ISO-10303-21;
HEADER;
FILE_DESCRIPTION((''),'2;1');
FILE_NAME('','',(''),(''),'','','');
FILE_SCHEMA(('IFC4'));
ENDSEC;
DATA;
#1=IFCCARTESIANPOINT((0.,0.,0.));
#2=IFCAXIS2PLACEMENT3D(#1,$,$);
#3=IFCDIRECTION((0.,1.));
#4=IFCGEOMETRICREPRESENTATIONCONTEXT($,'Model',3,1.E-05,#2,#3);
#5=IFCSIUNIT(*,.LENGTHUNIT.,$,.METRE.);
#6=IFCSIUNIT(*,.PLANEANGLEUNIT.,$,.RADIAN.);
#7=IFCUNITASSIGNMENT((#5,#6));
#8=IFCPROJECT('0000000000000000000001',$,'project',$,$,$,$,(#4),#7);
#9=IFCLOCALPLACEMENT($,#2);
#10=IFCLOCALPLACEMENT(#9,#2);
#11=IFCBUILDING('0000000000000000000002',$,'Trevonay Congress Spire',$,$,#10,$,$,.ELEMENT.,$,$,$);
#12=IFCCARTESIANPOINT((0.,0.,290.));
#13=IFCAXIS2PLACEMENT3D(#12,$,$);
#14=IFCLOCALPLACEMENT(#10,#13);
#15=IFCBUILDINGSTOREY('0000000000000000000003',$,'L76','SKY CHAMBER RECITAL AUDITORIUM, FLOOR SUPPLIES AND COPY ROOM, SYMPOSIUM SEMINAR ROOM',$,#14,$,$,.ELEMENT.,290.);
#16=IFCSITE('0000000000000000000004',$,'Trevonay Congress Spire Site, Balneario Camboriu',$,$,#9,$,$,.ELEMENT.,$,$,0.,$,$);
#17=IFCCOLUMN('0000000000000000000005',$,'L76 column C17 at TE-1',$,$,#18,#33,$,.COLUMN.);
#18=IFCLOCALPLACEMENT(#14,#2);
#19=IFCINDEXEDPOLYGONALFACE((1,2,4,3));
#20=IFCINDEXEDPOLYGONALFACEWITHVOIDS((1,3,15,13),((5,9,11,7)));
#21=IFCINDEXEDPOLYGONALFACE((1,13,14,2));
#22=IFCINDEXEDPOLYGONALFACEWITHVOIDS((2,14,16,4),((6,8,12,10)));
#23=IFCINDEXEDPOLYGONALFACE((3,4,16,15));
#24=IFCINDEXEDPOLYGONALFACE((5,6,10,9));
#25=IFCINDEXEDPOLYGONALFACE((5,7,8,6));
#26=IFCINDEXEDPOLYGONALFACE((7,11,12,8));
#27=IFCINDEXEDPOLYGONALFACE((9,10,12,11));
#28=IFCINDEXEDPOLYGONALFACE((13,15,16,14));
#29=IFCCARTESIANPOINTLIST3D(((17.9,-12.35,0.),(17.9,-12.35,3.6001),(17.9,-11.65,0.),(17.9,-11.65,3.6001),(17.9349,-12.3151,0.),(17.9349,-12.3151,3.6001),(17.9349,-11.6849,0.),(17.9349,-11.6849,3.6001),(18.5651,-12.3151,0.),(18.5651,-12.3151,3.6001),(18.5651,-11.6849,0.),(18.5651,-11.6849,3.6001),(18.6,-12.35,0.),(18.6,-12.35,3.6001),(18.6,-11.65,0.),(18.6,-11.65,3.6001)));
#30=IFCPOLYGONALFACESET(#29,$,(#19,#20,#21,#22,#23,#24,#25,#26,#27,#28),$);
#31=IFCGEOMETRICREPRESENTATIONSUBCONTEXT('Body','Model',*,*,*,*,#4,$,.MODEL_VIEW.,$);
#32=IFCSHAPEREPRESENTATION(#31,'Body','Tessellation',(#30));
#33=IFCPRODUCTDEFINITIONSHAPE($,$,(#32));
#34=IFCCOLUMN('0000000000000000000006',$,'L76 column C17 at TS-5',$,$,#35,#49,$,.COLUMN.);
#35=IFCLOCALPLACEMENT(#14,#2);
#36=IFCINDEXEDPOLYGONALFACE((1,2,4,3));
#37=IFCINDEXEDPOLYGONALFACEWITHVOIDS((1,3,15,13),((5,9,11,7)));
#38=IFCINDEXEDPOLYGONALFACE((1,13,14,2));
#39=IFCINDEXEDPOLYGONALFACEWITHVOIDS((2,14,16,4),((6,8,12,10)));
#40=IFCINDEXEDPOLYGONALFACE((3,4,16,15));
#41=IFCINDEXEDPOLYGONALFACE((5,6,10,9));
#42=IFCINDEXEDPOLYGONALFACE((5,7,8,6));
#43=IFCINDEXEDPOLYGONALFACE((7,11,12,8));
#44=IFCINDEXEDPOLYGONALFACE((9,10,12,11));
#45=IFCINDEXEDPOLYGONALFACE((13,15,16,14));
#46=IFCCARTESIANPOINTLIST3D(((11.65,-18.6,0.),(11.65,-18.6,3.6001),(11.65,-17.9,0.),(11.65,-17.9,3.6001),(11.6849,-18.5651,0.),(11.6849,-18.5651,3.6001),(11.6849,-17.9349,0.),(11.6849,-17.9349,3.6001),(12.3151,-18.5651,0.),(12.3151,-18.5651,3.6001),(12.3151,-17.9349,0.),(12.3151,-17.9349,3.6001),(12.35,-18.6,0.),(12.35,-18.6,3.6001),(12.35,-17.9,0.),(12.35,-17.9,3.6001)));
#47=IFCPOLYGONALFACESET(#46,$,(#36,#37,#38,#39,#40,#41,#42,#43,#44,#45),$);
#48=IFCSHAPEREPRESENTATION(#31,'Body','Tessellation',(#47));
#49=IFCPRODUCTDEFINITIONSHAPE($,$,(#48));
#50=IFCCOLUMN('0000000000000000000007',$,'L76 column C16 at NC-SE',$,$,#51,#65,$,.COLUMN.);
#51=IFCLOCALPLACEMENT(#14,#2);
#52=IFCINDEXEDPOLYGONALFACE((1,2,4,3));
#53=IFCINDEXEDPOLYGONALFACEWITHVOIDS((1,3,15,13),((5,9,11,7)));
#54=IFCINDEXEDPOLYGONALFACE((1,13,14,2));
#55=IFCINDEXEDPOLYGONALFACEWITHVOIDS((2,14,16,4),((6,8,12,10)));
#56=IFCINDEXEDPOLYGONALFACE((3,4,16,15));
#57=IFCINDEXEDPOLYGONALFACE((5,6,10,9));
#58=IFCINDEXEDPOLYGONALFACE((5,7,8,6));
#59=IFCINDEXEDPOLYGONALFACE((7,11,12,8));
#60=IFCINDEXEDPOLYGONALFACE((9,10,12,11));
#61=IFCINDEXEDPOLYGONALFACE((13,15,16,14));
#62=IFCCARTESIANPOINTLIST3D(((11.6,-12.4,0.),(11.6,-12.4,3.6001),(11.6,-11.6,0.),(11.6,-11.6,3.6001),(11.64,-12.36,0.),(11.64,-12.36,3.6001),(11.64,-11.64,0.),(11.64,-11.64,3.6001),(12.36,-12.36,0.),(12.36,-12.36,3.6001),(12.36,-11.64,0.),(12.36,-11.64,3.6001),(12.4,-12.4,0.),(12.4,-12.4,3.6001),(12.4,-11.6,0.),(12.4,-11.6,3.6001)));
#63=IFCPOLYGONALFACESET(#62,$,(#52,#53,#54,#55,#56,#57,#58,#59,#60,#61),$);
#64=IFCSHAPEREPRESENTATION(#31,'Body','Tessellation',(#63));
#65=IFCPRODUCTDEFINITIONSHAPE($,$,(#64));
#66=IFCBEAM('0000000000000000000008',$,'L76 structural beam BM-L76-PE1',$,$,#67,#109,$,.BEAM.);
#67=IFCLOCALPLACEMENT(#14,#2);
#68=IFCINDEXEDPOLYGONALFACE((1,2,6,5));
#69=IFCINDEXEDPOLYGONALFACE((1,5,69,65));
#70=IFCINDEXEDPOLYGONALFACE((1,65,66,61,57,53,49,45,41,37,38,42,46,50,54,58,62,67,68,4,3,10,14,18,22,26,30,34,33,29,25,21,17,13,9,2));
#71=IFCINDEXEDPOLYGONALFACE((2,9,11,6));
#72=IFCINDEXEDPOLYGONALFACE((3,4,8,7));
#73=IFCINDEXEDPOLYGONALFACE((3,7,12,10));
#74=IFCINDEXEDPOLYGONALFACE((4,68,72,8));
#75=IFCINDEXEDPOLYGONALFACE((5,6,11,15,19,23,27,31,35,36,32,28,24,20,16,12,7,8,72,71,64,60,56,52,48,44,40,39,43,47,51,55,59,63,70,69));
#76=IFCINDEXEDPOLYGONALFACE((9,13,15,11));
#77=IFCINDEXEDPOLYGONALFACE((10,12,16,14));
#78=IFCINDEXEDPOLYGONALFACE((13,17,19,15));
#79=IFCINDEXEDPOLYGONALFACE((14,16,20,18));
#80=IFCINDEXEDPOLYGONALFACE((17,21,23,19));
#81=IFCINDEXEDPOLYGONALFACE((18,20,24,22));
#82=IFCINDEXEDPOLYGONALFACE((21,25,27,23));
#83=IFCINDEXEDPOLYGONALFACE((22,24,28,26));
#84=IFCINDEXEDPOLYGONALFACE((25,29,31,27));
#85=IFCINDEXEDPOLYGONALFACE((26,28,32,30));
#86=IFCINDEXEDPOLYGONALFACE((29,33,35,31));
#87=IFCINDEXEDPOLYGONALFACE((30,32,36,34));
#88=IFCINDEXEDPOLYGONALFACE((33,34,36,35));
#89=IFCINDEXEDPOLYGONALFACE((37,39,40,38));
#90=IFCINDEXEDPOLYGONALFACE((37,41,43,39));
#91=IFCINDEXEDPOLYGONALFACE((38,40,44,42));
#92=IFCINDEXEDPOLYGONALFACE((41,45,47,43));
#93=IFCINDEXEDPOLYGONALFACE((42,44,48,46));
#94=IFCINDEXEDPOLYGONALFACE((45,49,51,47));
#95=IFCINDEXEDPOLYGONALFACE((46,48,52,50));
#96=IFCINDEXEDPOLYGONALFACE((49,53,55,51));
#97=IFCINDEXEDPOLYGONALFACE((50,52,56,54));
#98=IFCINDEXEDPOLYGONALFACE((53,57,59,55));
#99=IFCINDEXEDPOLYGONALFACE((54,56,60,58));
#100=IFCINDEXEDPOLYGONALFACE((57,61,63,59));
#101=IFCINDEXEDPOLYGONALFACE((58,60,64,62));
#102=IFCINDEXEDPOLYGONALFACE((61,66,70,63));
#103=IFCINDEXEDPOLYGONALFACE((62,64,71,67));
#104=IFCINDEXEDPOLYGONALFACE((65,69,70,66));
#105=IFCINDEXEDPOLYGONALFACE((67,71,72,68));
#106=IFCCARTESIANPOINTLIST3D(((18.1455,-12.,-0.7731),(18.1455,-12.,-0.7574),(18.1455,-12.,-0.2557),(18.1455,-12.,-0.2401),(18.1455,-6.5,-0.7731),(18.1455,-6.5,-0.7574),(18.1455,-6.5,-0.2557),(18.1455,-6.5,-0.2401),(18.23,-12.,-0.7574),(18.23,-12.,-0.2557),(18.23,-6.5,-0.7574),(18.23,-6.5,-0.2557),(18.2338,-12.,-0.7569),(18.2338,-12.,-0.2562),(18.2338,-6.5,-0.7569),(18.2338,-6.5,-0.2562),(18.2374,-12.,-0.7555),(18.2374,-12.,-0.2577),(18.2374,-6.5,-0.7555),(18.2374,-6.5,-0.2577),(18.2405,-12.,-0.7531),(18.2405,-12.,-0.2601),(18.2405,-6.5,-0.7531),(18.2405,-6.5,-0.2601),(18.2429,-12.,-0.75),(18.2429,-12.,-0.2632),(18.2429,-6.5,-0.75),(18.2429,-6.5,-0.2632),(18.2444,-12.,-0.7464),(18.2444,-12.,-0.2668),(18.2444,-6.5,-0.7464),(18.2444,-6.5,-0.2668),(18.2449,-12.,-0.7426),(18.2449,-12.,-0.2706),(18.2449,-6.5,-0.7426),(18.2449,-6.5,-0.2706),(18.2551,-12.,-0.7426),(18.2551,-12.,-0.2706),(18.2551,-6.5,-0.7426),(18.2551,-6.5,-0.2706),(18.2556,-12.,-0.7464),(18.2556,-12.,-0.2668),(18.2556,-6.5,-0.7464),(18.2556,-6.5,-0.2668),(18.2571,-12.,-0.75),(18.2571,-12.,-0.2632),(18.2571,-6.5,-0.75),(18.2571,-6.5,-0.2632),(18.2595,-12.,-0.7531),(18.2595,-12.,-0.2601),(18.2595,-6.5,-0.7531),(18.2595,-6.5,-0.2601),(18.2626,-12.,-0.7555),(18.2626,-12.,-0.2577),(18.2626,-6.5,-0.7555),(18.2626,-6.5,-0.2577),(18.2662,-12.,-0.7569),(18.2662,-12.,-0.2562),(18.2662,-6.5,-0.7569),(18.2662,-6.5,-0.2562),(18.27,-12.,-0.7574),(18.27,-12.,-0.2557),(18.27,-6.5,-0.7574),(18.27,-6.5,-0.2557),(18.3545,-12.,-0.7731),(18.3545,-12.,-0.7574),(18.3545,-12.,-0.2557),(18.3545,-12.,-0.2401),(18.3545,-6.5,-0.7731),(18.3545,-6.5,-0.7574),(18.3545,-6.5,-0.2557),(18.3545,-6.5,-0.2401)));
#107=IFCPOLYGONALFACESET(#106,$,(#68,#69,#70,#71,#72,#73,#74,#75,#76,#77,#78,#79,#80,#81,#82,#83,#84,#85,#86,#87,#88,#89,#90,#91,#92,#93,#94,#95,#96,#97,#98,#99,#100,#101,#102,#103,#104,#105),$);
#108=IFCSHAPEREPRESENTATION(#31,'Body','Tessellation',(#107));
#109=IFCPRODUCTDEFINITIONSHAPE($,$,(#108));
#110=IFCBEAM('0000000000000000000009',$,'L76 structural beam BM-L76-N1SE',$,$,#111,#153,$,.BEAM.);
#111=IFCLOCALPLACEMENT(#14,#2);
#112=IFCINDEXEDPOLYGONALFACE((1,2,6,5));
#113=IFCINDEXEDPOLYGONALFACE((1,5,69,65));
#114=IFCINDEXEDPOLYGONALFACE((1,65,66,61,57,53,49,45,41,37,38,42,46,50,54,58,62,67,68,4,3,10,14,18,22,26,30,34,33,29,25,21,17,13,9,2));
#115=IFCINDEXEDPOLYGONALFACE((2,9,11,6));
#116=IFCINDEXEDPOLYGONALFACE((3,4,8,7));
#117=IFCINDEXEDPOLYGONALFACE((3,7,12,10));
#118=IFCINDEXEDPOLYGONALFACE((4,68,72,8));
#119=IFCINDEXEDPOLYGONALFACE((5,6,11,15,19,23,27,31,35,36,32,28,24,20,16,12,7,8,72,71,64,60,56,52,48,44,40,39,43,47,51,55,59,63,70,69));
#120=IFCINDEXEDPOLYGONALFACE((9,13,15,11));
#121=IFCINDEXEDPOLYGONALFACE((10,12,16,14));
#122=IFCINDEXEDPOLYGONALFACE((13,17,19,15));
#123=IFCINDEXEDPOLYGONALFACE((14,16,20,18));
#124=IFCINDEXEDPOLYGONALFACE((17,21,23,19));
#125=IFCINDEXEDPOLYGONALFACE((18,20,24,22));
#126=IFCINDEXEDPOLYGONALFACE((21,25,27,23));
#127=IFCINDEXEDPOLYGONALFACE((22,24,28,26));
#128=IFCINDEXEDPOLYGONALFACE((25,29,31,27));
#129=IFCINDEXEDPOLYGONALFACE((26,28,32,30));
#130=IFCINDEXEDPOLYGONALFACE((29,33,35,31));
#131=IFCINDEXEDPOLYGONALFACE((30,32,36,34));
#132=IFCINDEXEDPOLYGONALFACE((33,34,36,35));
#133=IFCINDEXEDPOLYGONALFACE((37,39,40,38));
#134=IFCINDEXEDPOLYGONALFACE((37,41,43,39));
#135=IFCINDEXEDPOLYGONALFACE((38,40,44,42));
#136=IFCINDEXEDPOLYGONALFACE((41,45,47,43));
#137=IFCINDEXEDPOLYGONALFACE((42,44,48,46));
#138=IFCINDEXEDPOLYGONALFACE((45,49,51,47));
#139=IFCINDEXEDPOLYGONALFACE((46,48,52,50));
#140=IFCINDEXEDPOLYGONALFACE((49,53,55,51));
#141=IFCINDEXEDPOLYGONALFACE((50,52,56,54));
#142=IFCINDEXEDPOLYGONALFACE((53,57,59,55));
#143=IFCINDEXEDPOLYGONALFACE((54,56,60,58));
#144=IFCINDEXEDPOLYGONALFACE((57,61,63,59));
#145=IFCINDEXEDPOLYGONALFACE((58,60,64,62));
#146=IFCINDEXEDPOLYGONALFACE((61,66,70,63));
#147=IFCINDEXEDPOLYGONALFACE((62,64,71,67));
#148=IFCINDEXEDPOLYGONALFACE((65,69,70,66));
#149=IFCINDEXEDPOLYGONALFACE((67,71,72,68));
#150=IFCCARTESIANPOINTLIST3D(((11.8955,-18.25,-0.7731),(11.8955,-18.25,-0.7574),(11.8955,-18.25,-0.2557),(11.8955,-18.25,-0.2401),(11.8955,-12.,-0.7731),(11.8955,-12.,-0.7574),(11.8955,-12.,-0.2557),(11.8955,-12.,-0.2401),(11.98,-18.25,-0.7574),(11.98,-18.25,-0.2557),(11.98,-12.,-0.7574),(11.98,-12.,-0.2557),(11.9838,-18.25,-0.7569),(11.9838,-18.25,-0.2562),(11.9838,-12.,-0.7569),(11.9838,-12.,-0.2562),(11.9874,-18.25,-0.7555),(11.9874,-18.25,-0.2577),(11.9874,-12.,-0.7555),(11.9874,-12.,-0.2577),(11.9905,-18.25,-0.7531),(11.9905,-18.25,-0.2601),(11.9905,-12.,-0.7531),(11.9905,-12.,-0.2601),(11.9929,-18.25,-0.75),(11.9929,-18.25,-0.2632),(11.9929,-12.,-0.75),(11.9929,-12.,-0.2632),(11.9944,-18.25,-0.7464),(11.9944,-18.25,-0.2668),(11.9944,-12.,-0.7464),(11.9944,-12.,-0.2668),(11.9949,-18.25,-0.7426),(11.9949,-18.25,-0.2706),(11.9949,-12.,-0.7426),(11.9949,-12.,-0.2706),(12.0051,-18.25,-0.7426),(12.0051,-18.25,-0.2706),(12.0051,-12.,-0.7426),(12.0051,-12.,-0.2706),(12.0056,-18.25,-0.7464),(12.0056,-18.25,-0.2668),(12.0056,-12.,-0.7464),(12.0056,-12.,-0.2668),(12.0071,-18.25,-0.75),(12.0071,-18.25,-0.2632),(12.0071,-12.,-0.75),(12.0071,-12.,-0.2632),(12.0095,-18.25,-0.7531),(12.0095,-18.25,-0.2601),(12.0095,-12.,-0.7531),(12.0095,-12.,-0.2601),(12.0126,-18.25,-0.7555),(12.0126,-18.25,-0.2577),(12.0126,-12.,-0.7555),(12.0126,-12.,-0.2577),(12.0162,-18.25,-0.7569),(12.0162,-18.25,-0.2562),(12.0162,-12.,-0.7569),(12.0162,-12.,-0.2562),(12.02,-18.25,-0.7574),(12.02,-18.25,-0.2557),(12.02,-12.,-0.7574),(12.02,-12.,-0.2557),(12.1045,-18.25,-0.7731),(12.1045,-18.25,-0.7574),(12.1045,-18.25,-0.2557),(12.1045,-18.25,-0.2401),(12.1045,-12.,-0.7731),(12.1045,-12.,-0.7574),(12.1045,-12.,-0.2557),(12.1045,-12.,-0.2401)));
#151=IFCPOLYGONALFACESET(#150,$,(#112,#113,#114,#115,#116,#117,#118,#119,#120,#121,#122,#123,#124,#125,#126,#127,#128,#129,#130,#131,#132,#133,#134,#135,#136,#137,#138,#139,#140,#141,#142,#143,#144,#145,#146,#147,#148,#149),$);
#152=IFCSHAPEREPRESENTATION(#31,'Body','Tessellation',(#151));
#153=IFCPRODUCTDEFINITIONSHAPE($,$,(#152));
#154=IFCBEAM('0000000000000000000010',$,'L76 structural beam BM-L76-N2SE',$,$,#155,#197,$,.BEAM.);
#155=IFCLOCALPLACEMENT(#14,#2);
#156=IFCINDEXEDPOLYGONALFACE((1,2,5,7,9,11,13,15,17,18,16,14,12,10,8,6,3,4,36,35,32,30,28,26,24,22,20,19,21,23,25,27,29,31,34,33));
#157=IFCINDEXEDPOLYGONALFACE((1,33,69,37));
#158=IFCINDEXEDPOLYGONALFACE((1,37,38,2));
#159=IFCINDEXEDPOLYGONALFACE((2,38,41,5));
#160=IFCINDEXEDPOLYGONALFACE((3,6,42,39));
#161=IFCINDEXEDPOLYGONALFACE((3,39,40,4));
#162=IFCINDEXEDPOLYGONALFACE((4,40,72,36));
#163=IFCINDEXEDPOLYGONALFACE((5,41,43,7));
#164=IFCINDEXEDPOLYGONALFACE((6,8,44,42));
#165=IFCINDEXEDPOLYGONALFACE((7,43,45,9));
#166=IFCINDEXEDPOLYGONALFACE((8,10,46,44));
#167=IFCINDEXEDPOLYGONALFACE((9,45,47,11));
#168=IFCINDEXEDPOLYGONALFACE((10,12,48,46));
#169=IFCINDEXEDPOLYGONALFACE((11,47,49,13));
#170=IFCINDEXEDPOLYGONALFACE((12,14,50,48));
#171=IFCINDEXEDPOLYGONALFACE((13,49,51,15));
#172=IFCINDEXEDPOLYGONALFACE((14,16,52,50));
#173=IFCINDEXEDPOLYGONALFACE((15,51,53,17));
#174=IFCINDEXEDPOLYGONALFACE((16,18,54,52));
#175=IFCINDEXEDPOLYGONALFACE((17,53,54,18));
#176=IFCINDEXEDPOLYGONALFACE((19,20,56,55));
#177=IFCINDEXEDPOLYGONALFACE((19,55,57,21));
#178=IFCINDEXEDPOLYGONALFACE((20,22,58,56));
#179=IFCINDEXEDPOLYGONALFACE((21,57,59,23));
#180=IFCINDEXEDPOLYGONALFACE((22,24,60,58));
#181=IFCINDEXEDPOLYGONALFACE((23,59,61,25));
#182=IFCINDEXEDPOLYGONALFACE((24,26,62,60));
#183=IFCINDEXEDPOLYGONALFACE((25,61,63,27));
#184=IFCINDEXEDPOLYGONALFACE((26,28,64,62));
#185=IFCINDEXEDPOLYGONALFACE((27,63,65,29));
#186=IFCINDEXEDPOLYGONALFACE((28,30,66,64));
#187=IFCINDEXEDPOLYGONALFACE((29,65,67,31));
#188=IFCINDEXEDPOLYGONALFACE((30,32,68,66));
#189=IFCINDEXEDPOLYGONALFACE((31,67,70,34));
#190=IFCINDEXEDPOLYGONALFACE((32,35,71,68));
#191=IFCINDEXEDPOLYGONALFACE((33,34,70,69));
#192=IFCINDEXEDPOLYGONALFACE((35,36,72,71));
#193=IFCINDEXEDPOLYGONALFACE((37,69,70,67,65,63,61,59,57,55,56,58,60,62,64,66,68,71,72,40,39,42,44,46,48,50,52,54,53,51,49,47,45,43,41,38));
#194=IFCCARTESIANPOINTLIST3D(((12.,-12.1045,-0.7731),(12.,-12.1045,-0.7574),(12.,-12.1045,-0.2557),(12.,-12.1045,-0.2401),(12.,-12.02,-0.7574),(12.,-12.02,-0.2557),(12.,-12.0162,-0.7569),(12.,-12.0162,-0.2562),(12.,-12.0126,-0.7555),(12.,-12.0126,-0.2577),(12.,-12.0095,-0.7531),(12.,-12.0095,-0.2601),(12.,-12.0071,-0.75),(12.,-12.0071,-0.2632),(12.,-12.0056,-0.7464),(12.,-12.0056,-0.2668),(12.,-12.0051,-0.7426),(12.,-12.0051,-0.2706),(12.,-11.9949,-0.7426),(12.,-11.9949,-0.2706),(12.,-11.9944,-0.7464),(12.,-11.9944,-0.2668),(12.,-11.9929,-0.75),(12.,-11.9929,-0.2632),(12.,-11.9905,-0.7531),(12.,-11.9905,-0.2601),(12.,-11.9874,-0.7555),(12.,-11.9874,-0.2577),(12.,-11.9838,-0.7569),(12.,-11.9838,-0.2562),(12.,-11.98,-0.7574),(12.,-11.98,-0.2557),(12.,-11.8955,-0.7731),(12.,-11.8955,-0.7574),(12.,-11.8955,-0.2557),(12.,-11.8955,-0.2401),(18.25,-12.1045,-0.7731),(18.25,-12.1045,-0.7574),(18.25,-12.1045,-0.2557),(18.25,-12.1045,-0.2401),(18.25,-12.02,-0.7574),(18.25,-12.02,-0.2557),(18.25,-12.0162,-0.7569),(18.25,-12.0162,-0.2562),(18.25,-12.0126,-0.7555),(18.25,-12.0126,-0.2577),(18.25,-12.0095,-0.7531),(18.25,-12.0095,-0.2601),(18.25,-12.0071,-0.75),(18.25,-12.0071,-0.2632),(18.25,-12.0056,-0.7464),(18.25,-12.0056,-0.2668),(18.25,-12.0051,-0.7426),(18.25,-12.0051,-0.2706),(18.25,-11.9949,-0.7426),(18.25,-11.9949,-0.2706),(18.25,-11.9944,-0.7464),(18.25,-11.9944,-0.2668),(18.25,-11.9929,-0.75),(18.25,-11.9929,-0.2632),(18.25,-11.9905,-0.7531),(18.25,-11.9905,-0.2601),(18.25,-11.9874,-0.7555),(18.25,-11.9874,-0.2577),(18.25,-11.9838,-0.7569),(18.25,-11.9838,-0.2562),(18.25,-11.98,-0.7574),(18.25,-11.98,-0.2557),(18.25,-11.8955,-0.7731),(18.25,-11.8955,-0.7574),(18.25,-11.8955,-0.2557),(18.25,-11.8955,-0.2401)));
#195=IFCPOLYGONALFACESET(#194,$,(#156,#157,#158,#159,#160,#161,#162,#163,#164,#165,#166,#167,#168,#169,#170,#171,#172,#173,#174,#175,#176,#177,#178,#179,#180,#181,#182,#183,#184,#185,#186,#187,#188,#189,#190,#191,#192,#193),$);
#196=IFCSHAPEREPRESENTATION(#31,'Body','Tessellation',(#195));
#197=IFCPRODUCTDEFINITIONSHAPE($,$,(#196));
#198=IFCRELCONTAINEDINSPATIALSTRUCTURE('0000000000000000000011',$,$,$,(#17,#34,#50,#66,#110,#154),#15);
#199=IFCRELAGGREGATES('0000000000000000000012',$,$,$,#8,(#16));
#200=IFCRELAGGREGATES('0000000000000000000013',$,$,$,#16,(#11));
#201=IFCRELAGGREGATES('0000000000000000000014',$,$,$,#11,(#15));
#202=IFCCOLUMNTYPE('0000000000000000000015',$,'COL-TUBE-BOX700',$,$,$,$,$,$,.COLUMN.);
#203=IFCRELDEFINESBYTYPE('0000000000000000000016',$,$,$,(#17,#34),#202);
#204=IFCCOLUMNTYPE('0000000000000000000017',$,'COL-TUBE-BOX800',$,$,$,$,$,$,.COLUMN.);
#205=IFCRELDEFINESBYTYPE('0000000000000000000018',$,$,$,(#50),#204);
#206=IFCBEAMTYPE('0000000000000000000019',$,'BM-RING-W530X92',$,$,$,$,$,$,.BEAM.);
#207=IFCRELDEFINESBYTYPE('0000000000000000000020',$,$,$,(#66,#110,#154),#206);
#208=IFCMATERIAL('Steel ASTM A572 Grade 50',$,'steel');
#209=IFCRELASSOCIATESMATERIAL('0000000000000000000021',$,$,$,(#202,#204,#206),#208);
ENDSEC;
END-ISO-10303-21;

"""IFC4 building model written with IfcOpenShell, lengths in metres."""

from ifc_helpers import new_model, si_unit, direction, frame, origin, origin_2d, place, context, subcontext, project, spatial, hollow_rectangle, i_section, extrude, material, material_profile, profile_set, type_object, element, save


model = new_model("IFC4")

# Units and contexts
model_context = context("Model", 3, precision=1e-05, world=origin(), true_north=direction((0.0, 1.0)))
body_context = subcontext(model_context, "Body", "Model", "MODEL_VIEW")
ifc_project = project(units=[si_unit("LENGTHUNIT", "METRE"), si_unit("PLANEANGLEUNIT", "RADIAN")], contexts=[model_context])

# Site, building, storey
site_placement = place(None, origin())
site = spatial("IfcSite", under=ifc_project, at=site_placement, Name="Trevonay Congress Spire Site, Balneario Camboriu", CompositionType="ELEMENT", RefElevation=0.0)
building_placement = place(site_placement, origin())
building = spatial("IfcBuilding", under=site, at=building_placement, Name="Trevonay Congress Spire", CompositionType="ELEMENT")
storey_placement = place(building_placement, frame((0.0, 0.0, 290.0)))
storey = spatial("IfcBuildingStorey", under=building, at=storey_placement, Name="L76", Description="SKY CHAMBER RECITAL AUDITORIUM, FLOOR SUPPLIES AND COPY ROOM, SYMPOSIUM SEMINAR ROOM", CompositionType="ELEMENT", Elevation=290.0)

# Columns
ifc_material_1 = material(Name="Steel ASTM A572 Grade 50", Category="steel")
ifc_material_profile_1 = material_profile(ifc_material_1, hollow_rectangle(XDim=0.7, YDim=0.7, WallThickness=0.0349, at=origin_2d()), Name="BOX 700x700x35")
ifc_profile_set_1 = profile_set([ifc_material_profile_1], Name="Steel ASTM A572 Grade 50")
column_type_1 = type_object("IfcColumnType", Name="COL-TUBE-BOX700", PredefinedType="COLUMN", material=ifc_profile_set_1)
for number, where, z_axis, x_axis, name in (
    (1, (18.25, -12.0, 0.0), (0.0, 0.0, 1.0), (1.0, 0.0, 0.0), "L76 column C17 at TE-1"),
    (2, (12.0, -18.25, 0.0), (0.0, 0.0, 1.0), (1.0, 0.0, 0.0), "L76 column C17 at TS-5"),
):
    element("IfcColumn", number, at=place(storey_placement, frame(where, z_axis=z_axis, x_axis=x_axis)), inside=storey, type_object=column_type_1, Name=name, PredefinedType="COLUMN", context=body_context, shape_type="SweptSolid", body=[
        extrude(hollow_rectangle(XDim=0.7, YDim=0.7, WallThickness=0.0349, at=origin_2d()), origin(), (0.0, 0.0, 1.0), 3.6001),
    ])
ifc_material_profile_2 = material_profile(ifc_material_1, hollow_rectangle(XDim=0.8, YDim=0.8, WallThickness=0.04, at=origin_2d()), Name="BOX 800x800x40")
ifc_profile_set_2 = profile_set([ifc_material_profile_2], Name="Steel ASTM A572 Grade 50")
column_type_2 = type_object("IfcColumnType", Name="COL-TUBE-BOX800", PredefinedType="COLUMN", material=ifc_profile_set_2)
column_placement = place(storey_placement, frame((12.0, -12.0, 0.0), z_axis=(0.0, 0.0, 1.0), x_axis=(1.0, 0.0, 0.0)))
element("IfcColumn", 3, at=column_placement, inside=storey, type_object=column_type_2, Name="L76 column C16 at NC-SE", PredefinedType="COLUMN", context=body_context, shape_type="SweptSolid", body=[
    extrude(hollow_rectangle(XDim=0.8, YDim=0.8, WallThickness=0.04, at=origin_2d()), origin(), (0.0, 0.0, 1.0), 3.6001),
])

# Beams
ifc_material_profile_3 = material_profile(ifc_material_1, i_section(OverallWidth=0.209, OverallDepth=0.533, WebThickness=0.0103, FlangeThickness=0.0156, FilletRadius=0.0149, at=origin_2d()), Name="W530x92")
ifc_profile_set_3 = profile_set([ifc_material_profile_3], Name="Steel ASTM A572 Grade 50")
beam_type = type_object("IfcBeamType", Name="BM-RING-W530X92", PredefinedType="BEAM", material=ifc_profile_set_3)
beam_placement = place(storey_placement, frame((18.25, -12.0, -0.5066), z_axis=(0.0, 1.0, 0.0), x_axis=(-1.0, 0.0, 0.0)))
element("IfcBeam", 4, at=beam_placement, inside=storey, type_object=beam_type, Name="L76 structural beam BM-L76-PE1", PredefinedType="BEAM", context=body_context, shape_type="SweptSolid", body=[
    extrude(i_section(OverallWidth=0.209, OverallDepth=0.533, WebThickness=0.0103, FlangeThickness=0.0156, FilletRadius=0.0149, at=origin_2d()), origin(), (0.0, 0.0, 1.0), 5.5),
])
for number, where, z_axis, x_axis, name in (
    (5, (12.0, -18.25, -0.5066), (0.0, 1.0, 0.0), (-1.0, 0.0, 0.0), "L76 structural beam BM-L76-N1SE"),
    (6, (18.25, -12.0, -0.5066), (-1.0, 0.0, 0.0), (0.0, -1.0, 0.0), "L76 structural beam BM-L76-N2SE"),
):
    element("IfcBeam", number, at=place(storey_placement, frame(where, z_axis=z_axis, x_axis=x_axis)), inside=storey, type_object=beam_type, Name=name, PredefinedType="BEAM", context=body_context, shape_type="SweptSolid", body=[
        extrude(i_section(OverallWidth=0.209, OverallDepth=0.533, WebThickness=0.0103, FlangeThickness=0.0156, FilletRadius=0.0149, at=origin_2d()), origin(), (0.0, 0.0, 1.0), 6.25),
    ])

save(model, "model.ifc")
